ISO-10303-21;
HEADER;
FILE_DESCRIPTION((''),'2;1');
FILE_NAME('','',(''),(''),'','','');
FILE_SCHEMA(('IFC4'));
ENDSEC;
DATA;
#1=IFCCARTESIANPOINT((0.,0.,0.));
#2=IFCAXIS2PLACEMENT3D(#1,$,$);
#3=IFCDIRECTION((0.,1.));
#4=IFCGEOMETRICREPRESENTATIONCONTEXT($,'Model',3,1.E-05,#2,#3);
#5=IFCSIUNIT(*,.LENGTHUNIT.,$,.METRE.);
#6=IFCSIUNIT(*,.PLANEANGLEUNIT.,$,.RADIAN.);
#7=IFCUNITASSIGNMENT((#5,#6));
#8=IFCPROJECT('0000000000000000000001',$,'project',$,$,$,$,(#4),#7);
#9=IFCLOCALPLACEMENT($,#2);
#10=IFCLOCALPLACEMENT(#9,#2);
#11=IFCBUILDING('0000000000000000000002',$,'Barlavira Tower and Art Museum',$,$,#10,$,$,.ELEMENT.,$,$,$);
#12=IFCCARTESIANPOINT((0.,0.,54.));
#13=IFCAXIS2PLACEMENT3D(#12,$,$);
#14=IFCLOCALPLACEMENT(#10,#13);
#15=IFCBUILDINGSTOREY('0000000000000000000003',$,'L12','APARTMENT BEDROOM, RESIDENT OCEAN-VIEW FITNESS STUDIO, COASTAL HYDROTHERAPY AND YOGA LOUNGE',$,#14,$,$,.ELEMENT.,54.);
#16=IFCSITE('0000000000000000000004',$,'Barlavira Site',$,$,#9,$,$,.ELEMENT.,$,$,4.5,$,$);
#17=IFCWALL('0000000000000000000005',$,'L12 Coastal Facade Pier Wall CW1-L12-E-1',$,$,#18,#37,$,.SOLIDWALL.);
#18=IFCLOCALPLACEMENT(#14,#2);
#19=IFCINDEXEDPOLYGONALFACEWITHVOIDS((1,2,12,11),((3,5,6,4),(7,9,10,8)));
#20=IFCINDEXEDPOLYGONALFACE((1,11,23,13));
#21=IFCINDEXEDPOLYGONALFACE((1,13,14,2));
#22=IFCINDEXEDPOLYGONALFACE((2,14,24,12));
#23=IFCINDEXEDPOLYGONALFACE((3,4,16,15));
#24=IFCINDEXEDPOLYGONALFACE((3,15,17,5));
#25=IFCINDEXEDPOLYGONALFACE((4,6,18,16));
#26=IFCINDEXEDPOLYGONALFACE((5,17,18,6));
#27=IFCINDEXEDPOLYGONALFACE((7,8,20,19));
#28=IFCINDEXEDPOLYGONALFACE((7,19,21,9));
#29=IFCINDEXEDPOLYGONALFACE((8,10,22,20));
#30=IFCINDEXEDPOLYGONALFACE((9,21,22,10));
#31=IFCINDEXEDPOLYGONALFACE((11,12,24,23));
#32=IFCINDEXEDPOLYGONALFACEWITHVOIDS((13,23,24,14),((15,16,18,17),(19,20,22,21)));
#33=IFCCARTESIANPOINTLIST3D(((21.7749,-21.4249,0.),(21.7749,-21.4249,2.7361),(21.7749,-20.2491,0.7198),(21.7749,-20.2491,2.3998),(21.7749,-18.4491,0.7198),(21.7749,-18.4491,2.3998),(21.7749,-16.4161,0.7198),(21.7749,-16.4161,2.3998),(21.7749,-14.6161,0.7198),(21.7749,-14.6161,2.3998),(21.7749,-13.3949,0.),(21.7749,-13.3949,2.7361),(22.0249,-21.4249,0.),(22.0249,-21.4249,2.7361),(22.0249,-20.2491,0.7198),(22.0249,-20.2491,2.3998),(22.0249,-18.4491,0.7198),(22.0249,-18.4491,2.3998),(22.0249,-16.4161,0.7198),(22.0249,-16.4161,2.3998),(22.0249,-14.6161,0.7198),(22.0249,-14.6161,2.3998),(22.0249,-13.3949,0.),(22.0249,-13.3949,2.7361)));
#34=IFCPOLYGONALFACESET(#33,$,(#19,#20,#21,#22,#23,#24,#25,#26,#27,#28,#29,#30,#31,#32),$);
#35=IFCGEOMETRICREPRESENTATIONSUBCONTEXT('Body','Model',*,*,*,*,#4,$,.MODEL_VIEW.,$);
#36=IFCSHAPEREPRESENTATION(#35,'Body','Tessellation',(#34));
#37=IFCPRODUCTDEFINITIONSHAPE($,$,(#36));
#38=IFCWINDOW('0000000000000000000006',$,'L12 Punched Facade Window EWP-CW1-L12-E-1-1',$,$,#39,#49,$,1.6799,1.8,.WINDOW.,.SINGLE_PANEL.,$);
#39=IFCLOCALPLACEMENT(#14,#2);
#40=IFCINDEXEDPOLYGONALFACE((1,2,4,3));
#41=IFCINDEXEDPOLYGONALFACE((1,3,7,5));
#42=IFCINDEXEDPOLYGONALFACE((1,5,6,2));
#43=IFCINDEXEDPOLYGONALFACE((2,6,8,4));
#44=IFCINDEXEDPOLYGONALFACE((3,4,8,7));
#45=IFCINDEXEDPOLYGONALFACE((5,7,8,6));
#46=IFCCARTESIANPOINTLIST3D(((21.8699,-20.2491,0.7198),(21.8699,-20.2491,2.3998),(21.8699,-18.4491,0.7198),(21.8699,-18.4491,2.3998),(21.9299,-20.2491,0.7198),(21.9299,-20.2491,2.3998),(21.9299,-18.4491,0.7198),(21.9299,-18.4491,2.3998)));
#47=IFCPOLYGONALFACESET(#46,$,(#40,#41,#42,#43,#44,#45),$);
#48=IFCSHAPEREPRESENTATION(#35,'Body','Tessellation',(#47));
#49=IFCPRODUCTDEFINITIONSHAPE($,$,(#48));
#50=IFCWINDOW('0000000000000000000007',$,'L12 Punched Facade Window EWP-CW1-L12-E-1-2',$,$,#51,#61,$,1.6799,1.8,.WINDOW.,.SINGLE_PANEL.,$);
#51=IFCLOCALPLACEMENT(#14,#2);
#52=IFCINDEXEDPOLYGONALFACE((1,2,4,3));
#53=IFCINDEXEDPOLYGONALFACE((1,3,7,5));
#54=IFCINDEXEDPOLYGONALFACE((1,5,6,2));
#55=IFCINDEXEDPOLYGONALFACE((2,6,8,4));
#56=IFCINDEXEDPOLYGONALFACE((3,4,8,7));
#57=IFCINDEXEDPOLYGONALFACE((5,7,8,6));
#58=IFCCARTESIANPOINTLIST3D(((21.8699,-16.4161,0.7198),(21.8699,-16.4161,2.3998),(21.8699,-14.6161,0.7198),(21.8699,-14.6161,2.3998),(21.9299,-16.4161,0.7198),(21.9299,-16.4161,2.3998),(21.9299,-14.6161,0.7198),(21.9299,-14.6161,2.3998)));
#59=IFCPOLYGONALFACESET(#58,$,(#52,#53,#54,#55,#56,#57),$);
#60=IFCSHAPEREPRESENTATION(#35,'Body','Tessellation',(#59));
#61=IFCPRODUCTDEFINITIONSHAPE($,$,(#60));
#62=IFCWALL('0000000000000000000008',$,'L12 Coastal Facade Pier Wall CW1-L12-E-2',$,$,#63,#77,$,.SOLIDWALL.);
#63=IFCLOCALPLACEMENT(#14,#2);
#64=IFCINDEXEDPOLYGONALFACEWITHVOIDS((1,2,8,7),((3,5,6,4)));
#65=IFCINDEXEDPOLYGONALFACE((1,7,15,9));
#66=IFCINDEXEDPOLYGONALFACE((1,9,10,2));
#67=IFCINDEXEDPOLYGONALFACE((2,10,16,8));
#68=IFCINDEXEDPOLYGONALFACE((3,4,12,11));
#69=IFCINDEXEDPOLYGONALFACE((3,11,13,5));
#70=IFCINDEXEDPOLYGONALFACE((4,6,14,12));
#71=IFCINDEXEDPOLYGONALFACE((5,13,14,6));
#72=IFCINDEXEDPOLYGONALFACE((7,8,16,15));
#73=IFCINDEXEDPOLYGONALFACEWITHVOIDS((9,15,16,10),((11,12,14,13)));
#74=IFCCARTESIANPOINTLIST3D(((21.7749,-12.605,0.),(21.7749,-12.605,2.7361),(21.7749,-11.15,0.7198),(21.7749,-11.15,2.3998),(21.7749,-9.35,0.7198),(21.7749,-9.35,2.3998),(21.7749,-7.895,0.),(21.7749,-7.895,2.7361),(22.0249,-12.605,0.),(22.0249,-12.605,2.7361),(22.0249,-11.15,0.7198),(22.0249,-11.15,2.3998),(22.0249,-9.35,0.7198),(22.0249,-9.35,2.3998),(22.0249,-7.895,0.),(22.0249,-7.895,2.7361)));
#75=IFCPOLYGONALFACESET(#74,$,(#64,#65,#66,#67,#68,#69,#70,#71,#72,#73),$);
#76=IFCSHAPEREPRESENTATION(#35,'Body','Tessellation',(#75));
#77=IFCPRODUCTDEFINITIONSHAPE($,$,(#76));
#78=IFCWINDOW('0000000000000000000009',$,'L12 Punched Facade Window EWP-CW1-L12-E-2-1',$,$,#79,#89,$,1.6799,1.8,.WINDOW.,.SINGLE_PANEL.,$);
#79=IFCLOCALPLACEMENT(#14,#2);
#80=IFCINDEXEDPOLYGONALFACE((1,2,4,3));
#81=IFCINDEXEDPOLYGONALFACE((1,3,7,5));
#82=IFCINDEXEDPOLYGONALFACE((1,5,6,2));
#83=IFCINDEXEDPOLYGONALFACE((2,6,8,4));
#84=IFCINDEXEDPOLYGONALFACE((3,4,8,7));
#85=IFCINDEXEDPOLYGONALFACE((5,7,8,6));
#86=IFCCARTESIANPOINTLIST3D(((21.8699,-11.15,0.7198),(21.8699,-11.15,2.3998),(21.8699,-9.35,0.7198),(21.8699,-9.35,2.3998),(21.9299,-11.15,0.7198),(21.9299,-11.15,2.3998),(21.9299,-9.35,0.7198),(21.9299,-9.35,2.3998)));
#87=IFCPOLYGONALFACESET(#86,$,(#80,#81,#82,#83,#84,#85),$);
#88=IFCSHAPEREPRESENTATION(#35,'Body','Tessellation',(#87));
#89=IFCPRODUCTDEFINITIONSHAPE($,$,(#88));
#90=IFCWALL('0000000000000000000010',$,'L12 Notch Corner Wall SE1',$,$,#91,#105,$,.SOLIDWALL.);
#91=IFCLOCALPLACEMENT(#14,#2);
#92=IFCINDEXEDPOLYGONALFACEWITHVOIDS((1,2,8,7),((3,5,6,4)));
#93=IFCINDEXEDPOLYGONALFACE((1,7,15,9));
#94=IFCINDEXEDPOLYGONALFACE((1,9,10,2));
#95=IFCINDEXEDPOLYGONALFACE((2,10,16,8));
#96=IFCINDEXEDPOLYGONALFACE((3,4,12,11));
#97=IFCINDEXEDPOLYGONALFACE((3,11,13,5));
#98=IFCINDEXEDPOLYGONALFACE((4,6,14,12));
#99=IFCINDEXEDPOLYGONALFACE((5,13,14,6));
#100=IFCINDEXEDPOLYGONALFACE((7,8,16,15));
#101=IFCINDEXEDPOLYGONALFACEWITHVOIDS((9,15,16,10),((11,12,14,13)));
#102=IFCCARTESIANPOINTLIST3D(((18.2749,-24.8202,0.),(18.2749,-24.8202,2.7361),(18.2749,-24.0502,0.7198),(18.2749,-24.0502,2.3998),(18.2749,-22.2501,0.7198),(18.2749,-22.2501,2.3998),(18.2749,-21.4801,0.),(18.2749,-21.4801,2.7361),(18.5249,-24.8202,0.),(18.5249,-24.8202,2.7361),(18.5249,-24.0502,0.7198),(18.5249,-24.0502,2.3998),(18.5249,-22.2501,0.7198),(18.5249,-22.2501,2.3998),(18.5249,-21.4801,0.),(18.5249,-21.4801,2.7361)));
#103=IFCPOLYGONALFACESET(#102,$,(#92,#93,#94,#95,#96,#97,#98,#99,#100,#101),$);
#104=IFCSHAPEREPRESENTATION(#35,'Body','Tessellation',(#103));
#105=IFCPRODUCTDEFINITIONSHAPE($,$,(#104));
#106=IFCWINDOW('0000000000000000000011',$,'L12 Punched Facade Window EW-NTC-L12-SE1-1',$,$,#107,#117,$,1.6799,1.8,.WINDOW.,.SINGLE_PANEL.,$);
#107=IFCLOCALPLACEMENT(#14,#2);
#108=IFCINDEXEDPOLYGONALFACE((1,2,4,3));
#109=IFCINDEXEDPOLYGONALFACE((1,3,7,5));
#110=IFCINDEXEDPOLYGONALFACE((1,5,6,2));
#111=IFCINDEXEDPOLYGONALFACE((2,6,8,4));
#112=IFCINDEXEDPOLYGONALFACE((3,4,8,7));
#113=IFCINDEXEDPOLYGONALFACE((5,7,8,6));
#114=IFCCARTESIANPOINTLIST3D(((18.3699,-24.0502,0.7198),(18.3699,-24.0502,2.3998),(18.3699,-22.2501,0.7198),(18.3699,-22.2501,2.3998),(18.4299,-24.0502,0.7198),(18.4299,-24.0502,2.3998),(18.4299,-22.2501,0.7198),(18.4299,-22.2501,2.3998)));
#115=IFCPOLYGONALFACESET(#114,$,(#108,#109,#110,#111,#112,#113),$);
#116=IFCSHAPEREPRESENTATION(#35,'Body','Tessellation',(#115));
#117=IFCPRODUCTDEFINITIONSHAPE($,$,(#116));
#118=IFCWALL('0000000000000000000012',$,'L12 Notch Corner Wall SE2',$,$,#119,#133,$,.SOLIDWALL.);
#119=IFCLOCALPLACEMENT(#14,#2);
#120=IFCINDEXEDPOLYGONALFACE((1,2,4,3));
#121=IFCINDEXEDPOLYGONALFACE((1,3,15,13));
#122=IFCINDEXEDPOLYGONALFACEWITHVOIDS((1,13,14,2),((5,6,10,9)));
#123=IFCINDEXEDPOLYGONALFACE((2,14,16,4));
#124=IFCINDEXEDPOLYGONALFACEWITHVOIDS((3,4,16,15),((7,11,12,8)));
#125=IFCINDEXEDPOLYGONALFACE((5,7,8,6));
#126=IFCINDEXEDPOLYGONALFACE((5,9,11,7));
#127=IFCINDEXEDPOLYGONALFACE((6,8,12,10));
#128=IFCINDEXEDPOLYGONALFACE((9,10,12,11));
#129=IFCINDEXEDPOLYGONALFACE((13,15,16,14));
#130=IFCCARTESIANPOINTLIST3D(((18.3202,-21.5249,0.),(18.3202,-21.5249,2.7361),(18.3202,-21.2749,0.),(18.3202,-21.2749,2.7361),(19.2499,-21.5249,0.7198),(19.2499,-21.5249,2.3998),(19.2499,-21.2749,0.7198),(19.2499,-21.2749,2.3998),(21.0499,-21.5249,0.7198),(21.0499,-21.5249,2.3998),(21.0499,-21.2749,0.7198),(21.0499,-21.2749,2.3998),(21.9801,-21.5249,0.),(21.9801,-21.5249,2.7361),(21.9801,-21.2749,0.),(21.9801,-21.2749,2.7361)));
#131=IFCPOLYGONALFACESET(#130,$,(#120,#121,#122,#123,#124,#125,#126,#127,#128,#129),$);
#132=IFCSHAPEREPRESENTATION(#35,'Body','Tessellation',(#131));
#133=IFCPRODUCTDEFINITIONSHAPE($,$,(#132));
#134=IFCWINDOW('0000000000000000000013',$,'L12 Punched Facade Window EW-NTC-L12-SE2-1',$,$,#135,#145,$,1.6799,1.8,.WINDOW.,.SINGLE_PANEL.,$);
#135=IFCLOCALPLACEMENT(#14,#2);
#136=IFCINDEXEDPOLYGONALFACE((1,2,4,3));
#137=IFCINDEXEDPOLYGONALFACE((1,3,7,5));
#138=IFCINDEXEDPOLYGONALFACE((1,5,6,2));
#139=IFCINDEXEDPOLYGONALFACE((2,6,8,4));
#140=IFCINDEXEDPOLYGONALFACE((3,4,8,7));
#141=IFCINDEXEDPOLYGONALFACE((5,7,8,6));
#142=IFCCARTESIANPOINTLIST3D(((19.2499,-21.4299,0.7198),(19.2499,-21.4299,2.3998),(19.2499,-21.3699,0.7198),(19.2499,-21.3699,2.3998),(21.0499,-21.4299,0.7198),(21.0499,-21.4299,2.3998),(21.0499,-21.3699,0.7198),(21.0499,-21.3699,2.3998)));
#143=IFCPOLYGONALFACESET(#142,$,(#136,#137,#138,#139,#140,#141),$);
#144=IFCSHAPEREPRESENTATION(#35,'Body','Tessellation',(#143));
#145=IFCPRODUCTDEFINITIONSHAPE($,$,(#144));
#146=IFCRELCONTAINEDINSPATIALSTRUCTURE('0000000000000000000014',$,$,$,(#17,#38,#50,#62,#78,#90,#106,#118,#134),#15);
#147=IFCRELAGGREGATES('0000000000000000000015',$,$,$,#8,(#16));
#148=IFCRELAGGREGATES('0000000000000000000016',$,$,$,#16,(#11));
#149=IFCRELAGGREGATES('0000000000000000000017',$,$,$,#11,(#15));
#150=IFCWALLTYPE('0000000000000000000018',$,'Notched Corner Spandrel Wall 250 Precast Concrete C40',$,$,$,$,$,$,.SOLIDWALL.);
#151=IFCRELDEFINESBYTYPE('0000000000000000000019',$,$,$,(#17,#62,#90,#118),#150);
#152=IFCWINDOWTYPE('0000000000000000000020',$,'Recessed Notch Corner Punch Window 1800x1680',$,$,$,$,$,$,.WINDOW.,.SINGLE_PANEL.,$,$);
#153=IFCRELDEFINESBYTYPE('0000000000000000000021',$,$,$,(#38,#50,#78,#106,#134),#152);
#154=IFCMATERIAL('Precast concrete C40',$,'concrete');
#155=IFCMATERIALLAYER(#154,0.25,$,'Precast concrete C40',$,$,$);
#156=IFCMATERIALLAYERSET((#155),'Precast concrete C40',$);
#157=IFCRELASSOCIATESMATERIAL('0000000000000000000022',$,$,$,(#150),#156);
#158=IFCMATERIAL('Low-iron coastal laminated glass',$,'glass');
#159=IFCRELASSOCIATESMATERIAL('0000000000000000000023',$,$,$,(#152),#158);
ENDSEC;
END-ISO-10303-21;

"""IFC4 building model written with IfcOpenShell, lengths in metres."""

from ifc_helpers import new_model, si_unit, direction, frame, frame_2d, origin, place, context, subcontext, project, spatial, rectangle, extrude, material, layer, layer_set, type_object, element, fill, save


model = new_model("IFC4")

# Units and contexts
model_context = context("Model", 3, precision=1e-05, world=origin(), true_north=direction((0.0, 1.0)))
body_context = subcontext(model_context, "Body", "Model", "MODEL_VIEW")
ifc_project = project(units=[si_unit("LENGTHUNIT", "METRE"), si_unit("PLANEANGLEUNIT", "RADIAN")], contexts=[model_context])

# Site, building, storey
site_placement = place(None, origin())
site = spatial("IfcSite", under=ifc_project, at=site_placement, Name="Barlavira Site", CompositionType="ELEMENT", RefElevation=4.5)
building_placement = place(site_placement, origin())
building = spatial("IfcBuilding", under=site, at=building_placement, Name="Barlavira Tower and Art Museum", CompositionType="ELEMENT")
storey_placement = place(building_placement, frame((0.0, 0.0, 54.0)))
storey = spatial("IfcBuildingStorey", under=building, at=storey_placement, Name="L12", Description="APARTMENT BEDROOM, RESIDENT OCEAN-VIEW FITNESS STUDIO, COASTAL HYDROTHERAPY AND YOGA LOUNGE", CompositionType="ELEMENT", Elevation=54.0)

# Wall, openings, windows
ifc_material_1 = material(Name="Precast concrete C40", Category="concrete")
ifc_layer_1 = layer(ifc_material_1, 0.25, Name="Precast concrete C40")
ifc_layer_set_1 = layer_set([ifc_layer_1], Name="Precast concrete C40")
wall_type_1 = type_object("IfcWallType", Name="Notched Corner Spandrel Wall 250 Precast Concrete C40", PredefinedType="SOLIDWALL", material=ifc_layer_set_1)
wall_1_placement = place(storey_placement, frame((21.8999, -21.425, 0.0), z_axis=(0.0, 0.0, 1.0), x_axis=(0.0, 1.0, 0.0)))
wall_1 = element("IfcWall", 1, at=wall_1_placement, inside=storey, type_object=wall_type_1, Name="L12 Coastal Facade Pier Wall CW1-L12-E-1", PredefinedType="SOLIDWALL", context=body_context, shape_type="SweptSolid", body=[
    extrude(rectangle(XDim=8.03, YDim=0.25, at=frame_2d((4.0151, 0.0))), origin(), (0.0, 0.0, 1.0), 2.7361),
])
opening_1_placement = place(wall_1_placement, frame((1.176, 0.0, 0.72)))
opening_1 = element("IfcOpeningElement", 2, at=opening_1_placement, cuts=wall_1, PredefinedType="OPENING", context=body_context, shape_type="SweptSolid", body=[
    extrude(rectangle(XDim=1.8, YDim=1.6799, at=frame_2d((0.8999, 0.8398))), frame((0.0, 0.135, 0.0), z_axis=(0.0, -1.0, 0.0), x_axis=(1.0, 0.0, 0.0)), (0.0, 0.0, 1.0), 0.27),
])
opening_2_placement = place(wall_1_placement, frame((5.009, 0.0, 0.72)))
opening_2 = element("IfcOpeningElement", 3, at=opening_2_placement, cuts=wall_1, PredefinedType="OPENING", context=body_context, shape_type="SweptSolid", body=[
    extrude(rectangle(XDim=1.8, YDim=1.6799, at=frame_2d((0.8999, 0.8398))), frame((0.0, 0.135, 0.0), z_axis=(0.0, -1.0, 0.0), x_axis=(1.0, 0.0, 0.0)), (0.0, 0.0, 1.0), 0.27),
])
ifc_material_2 = material(Name="Low-iron coastal laminated glass", Category="glass")
window_type = type_object("IfcWindowType", Name="Recessed Notch Corner Punch Window 1800x1680", PartitioningType="SINGLE_PANEL", PredefinedType="WINDOW", material=ifc_material_2)
window_1_placement = place(opening_1_placement, origin())
window_1 = element("IfcWindow", 4, at=window_1_placement, inside=storey, type_object=window_type, Name="L12 Punched Facade Window EWP-CW1-L12-E-1-1", OverallHeight=1.6799, OverallWidth=1.8, PartitioningType="SINGLE_PANEL", PredefinedType="WINDOW", context=body_context, shape_type="SweptSolid", body=[
    extrude(rectangle(XDim=1.8, YDim=1.6799, at=frame_2d((0.8999, 0.8398))), frame((0.0, 0.03, 0.0), z_axis=(0.0, -1.0, 0.0), x_axis=(1.0, 0.0, 0.0)), (0.0, 0.0, 1.0), 0.0601),
])
fill(opening_1, window_1)
window_2_placement = place(opening_2_placement, origin())
window_2 = element("IfcWindow", 5, at=window_2_placement, inside=storey, type_object=window_type, Name="L12 Punched Facade Window EWP-CW1-L12-E-1-2", OverallHeight=1.6799, OverallWidth=1.8, PartitioningType="SINGLE_PANEL", PredefinedType="WINDOW", context=body_context, shape_type="SweptSolid", body=[
    extrude(rectangle(XDim=1.8, YDim=1.6799, at=frame_2d((0.8999, 0.8398))), frame((0.0, 0.03, 0.0), z_axis=(0.0, -1.0, 0.0), x_axis=(1.0, 0.0, 0.0)), (0.0, 0.0, 1.0), 0.0601),
])
fill(opening_2, window_2)

# Walls, openings, windows
wall_2_placement = place(storey_placement, frame((21.8999, -12.605, 0.0), z_axis=(0.0, 0.0, 1.0), x_axis=(0.0, 1.0, 0.0)))
wall_2 = element("IfcWall", 6, at=wall_2_placement, inside=storey, type_object=wall_type_1, Name="L12 Coastal Facade Pier Wall CW1-L12-E-2", PredefinedType="SOLIDWALL", context=body_context, shape_type="SweptSolid", body=[
    extrude(rectangle(XDim=4.71, YDim=0.25, at=frame_2d((2.355, 0.0))), origin(), (0.0, 0.0, 1.0), 2.7361),
])
opening_3_placement = place(wall_2_placement, frame((1.4551, 0.0, 0.72)))
opening_3 = element("IfcOpeningElement", 7, at=opening_3_placement, cuts=wall_2, PredefinedType="OPENING", context=body_context, shape_type="SweptSolid", body=[
    extrude(rectangle(XDim=1.8, YDim=1.6799, at=frame_2d((0.8999, 0.8398))), frame((0.0, 0.135, 0.0), z_axis=(0.0, -1.0, 0.0), x_axis=(1.0, 0.0, 0.0)), (0.0, 0.0, 1.0), 0.27),
])
window_3_placement = place(opening_3_placement, origin())
window_3 = element("IfcWindow", 8, at=window_3_placement, inside=storey, type_object=window_type, Name="L12 Punched Facade Window EWP-CW1-L12-E-2-1", OverallHeight=1.6799, OverallWidth=1.8, PartitioningType="SINGLE_PANEL", PredefinedType="WINDOW", context=body_context, shape_type="SweptSolid", body=[
    extrude(rectangle(XDim=1.8, YDim=1.6799, at=frame_2d((0.8999, 0.8398))), frame((0.0, 0.03, 0.0), z_axis=(0.0, -1.0, 0.0), x_axis=(1.0, 0.0, 0.0)), (0.0, 0.0, 1.0), 0.0601),
])
fill(opening_3, window_3)
wall_3_placement = place(storey_placement, frame((18.3999, -24.8201, 0.0), z_axis=(0.0, 0.0, 1.0), x_axis=(0.0, 1.0, 0.0)))
wall_3 = element("IfcWall", 9, at=wall_3_placement, inside=storey, type_object=wall_type_1, Name="L12 Notch Corner Wall SE1", PredefinedType="SOLIDWALL", context=body_context, shape_type="SweptSolid", body=[
    extrude(rectangle(XDim=3.3401, YDim=0.25, at=frame_2d((1.6699, 0.0))), origin(), (0.0, 0.0, 1.0), 2.7361),
])
opening_4_placement = place(wall_3_placement, frame((0.77, 0.0, 0.72)))
opening_4 = element("IfcOpeningElement", 10, at=opening_4_placement, cuts=wall_3, PredefinedType="OPENING", context=body_context, shape_type="SweptSolid", body=[
    extrude(rectangle(XDim=1.8, YDim=1.6799, at=frame_2d((0.8999, 0.8398))), frame((0.0, 0.135, 0.0), z_axis=(0.0, -1.0, 0.0), x_axis=(1.0, 0.0, 0.0)), (0.0, 0.0, 1.0), 0.27),
])
window_4_placement = place(opening_4_placement, origin())
window_4 = element("IfcWindow", 11, at=window_4_placement, inside=storey, type_object=window_type, Name="L12 Punched Facade Window EW-NTC-L12-SE1-1", OverallHeight=1.6799, OverallWidth=1.8, PartitioningType="SINGLE_PANEL", PredefinedType="WINDOW", context=body_context, shape_type="SweptSolid", body=[
    extrude(rectangle(XDim=1.8, YDim=1.6799, at=frame_2d((0.8999, 0.8398))), frame((0.0, 0.03, 0.0), z_axis=(0.0, -1.0, 0.0), x_axis=(1.0, 0.0, 0.0)), (0.0, 0.0, 1.0), 0.0601),
])
fill(opening_4, window_4)
wall_4_placement = place(storey_placement, frame((18.3201, -21.3999, 0.0), z_axis=(0.0, 0.0, 1.0), x_axis=(1.0, 0.0, 0.0)))
wall_4 = element("IfcWall", 12, at=wall_4_placement, inside=storey, type_object=wall_type_1, Name="L12 Notch Corner Wall SE2", PredefinedType="SOLIDWALL", context=body_context, shape_type="SweptSolid", body=[
    extrude(rectangle(XDim=3.6599, YDim=0.25, at=frame_2d((1.8301, 0.0))), origin(), (0.0, 0.0, 1.0), 2.7361),
])
opening_5_placement = place(wall_4_placement, frame((0.9299, 0.0, 0.72)))
opening_5 = element("IfcOpeningElement", 13, at=opening_5_placement, cuts=wall_4, PredefinedType="OPENING", context=body_context, shape_type="SweptSolid", body=[
    extrude(rectangle(XDim=1.8, YDim=1.6799, at=frame_2d((0.8999, 0.8398))), frame((0.0, 0.135, 0.0), z_axis=(0.0, -1.0, 0.0), x_axis=(1.0, 0.0, 0.0)), (0.0, 0.0, 1.0), 0.27),
])
window_5_placement = place(opening_5_placement, origin())
window_5 = element("IfcWindow", 14, at=window_5_placement, inside=storey, type_object=window_type, Name="L12 Punched Facade Window EW-NTC-L12-SE2-1", OverallHeight=1.6799, OverallWidth=1.8, PartitioningType="SINGLE_PANEL", PredefinedType="WINDOW", context=body_context, shape_type="SweptSolid", body=[
    extrude(rectangle(XDim=1.8, YDim=1.6799, at=frame_2d((0.8999, 0.8398))), frame((0.0, 0.03, 0.0), z_axis=(0.0, -1.0, 0.0), x_axis=(1.0, 0.0, 0.0)), (0.0, 0.0, 1.0), 0.0601),
])
fill(opening_5, window_5)

save(model, "model.ifc")
